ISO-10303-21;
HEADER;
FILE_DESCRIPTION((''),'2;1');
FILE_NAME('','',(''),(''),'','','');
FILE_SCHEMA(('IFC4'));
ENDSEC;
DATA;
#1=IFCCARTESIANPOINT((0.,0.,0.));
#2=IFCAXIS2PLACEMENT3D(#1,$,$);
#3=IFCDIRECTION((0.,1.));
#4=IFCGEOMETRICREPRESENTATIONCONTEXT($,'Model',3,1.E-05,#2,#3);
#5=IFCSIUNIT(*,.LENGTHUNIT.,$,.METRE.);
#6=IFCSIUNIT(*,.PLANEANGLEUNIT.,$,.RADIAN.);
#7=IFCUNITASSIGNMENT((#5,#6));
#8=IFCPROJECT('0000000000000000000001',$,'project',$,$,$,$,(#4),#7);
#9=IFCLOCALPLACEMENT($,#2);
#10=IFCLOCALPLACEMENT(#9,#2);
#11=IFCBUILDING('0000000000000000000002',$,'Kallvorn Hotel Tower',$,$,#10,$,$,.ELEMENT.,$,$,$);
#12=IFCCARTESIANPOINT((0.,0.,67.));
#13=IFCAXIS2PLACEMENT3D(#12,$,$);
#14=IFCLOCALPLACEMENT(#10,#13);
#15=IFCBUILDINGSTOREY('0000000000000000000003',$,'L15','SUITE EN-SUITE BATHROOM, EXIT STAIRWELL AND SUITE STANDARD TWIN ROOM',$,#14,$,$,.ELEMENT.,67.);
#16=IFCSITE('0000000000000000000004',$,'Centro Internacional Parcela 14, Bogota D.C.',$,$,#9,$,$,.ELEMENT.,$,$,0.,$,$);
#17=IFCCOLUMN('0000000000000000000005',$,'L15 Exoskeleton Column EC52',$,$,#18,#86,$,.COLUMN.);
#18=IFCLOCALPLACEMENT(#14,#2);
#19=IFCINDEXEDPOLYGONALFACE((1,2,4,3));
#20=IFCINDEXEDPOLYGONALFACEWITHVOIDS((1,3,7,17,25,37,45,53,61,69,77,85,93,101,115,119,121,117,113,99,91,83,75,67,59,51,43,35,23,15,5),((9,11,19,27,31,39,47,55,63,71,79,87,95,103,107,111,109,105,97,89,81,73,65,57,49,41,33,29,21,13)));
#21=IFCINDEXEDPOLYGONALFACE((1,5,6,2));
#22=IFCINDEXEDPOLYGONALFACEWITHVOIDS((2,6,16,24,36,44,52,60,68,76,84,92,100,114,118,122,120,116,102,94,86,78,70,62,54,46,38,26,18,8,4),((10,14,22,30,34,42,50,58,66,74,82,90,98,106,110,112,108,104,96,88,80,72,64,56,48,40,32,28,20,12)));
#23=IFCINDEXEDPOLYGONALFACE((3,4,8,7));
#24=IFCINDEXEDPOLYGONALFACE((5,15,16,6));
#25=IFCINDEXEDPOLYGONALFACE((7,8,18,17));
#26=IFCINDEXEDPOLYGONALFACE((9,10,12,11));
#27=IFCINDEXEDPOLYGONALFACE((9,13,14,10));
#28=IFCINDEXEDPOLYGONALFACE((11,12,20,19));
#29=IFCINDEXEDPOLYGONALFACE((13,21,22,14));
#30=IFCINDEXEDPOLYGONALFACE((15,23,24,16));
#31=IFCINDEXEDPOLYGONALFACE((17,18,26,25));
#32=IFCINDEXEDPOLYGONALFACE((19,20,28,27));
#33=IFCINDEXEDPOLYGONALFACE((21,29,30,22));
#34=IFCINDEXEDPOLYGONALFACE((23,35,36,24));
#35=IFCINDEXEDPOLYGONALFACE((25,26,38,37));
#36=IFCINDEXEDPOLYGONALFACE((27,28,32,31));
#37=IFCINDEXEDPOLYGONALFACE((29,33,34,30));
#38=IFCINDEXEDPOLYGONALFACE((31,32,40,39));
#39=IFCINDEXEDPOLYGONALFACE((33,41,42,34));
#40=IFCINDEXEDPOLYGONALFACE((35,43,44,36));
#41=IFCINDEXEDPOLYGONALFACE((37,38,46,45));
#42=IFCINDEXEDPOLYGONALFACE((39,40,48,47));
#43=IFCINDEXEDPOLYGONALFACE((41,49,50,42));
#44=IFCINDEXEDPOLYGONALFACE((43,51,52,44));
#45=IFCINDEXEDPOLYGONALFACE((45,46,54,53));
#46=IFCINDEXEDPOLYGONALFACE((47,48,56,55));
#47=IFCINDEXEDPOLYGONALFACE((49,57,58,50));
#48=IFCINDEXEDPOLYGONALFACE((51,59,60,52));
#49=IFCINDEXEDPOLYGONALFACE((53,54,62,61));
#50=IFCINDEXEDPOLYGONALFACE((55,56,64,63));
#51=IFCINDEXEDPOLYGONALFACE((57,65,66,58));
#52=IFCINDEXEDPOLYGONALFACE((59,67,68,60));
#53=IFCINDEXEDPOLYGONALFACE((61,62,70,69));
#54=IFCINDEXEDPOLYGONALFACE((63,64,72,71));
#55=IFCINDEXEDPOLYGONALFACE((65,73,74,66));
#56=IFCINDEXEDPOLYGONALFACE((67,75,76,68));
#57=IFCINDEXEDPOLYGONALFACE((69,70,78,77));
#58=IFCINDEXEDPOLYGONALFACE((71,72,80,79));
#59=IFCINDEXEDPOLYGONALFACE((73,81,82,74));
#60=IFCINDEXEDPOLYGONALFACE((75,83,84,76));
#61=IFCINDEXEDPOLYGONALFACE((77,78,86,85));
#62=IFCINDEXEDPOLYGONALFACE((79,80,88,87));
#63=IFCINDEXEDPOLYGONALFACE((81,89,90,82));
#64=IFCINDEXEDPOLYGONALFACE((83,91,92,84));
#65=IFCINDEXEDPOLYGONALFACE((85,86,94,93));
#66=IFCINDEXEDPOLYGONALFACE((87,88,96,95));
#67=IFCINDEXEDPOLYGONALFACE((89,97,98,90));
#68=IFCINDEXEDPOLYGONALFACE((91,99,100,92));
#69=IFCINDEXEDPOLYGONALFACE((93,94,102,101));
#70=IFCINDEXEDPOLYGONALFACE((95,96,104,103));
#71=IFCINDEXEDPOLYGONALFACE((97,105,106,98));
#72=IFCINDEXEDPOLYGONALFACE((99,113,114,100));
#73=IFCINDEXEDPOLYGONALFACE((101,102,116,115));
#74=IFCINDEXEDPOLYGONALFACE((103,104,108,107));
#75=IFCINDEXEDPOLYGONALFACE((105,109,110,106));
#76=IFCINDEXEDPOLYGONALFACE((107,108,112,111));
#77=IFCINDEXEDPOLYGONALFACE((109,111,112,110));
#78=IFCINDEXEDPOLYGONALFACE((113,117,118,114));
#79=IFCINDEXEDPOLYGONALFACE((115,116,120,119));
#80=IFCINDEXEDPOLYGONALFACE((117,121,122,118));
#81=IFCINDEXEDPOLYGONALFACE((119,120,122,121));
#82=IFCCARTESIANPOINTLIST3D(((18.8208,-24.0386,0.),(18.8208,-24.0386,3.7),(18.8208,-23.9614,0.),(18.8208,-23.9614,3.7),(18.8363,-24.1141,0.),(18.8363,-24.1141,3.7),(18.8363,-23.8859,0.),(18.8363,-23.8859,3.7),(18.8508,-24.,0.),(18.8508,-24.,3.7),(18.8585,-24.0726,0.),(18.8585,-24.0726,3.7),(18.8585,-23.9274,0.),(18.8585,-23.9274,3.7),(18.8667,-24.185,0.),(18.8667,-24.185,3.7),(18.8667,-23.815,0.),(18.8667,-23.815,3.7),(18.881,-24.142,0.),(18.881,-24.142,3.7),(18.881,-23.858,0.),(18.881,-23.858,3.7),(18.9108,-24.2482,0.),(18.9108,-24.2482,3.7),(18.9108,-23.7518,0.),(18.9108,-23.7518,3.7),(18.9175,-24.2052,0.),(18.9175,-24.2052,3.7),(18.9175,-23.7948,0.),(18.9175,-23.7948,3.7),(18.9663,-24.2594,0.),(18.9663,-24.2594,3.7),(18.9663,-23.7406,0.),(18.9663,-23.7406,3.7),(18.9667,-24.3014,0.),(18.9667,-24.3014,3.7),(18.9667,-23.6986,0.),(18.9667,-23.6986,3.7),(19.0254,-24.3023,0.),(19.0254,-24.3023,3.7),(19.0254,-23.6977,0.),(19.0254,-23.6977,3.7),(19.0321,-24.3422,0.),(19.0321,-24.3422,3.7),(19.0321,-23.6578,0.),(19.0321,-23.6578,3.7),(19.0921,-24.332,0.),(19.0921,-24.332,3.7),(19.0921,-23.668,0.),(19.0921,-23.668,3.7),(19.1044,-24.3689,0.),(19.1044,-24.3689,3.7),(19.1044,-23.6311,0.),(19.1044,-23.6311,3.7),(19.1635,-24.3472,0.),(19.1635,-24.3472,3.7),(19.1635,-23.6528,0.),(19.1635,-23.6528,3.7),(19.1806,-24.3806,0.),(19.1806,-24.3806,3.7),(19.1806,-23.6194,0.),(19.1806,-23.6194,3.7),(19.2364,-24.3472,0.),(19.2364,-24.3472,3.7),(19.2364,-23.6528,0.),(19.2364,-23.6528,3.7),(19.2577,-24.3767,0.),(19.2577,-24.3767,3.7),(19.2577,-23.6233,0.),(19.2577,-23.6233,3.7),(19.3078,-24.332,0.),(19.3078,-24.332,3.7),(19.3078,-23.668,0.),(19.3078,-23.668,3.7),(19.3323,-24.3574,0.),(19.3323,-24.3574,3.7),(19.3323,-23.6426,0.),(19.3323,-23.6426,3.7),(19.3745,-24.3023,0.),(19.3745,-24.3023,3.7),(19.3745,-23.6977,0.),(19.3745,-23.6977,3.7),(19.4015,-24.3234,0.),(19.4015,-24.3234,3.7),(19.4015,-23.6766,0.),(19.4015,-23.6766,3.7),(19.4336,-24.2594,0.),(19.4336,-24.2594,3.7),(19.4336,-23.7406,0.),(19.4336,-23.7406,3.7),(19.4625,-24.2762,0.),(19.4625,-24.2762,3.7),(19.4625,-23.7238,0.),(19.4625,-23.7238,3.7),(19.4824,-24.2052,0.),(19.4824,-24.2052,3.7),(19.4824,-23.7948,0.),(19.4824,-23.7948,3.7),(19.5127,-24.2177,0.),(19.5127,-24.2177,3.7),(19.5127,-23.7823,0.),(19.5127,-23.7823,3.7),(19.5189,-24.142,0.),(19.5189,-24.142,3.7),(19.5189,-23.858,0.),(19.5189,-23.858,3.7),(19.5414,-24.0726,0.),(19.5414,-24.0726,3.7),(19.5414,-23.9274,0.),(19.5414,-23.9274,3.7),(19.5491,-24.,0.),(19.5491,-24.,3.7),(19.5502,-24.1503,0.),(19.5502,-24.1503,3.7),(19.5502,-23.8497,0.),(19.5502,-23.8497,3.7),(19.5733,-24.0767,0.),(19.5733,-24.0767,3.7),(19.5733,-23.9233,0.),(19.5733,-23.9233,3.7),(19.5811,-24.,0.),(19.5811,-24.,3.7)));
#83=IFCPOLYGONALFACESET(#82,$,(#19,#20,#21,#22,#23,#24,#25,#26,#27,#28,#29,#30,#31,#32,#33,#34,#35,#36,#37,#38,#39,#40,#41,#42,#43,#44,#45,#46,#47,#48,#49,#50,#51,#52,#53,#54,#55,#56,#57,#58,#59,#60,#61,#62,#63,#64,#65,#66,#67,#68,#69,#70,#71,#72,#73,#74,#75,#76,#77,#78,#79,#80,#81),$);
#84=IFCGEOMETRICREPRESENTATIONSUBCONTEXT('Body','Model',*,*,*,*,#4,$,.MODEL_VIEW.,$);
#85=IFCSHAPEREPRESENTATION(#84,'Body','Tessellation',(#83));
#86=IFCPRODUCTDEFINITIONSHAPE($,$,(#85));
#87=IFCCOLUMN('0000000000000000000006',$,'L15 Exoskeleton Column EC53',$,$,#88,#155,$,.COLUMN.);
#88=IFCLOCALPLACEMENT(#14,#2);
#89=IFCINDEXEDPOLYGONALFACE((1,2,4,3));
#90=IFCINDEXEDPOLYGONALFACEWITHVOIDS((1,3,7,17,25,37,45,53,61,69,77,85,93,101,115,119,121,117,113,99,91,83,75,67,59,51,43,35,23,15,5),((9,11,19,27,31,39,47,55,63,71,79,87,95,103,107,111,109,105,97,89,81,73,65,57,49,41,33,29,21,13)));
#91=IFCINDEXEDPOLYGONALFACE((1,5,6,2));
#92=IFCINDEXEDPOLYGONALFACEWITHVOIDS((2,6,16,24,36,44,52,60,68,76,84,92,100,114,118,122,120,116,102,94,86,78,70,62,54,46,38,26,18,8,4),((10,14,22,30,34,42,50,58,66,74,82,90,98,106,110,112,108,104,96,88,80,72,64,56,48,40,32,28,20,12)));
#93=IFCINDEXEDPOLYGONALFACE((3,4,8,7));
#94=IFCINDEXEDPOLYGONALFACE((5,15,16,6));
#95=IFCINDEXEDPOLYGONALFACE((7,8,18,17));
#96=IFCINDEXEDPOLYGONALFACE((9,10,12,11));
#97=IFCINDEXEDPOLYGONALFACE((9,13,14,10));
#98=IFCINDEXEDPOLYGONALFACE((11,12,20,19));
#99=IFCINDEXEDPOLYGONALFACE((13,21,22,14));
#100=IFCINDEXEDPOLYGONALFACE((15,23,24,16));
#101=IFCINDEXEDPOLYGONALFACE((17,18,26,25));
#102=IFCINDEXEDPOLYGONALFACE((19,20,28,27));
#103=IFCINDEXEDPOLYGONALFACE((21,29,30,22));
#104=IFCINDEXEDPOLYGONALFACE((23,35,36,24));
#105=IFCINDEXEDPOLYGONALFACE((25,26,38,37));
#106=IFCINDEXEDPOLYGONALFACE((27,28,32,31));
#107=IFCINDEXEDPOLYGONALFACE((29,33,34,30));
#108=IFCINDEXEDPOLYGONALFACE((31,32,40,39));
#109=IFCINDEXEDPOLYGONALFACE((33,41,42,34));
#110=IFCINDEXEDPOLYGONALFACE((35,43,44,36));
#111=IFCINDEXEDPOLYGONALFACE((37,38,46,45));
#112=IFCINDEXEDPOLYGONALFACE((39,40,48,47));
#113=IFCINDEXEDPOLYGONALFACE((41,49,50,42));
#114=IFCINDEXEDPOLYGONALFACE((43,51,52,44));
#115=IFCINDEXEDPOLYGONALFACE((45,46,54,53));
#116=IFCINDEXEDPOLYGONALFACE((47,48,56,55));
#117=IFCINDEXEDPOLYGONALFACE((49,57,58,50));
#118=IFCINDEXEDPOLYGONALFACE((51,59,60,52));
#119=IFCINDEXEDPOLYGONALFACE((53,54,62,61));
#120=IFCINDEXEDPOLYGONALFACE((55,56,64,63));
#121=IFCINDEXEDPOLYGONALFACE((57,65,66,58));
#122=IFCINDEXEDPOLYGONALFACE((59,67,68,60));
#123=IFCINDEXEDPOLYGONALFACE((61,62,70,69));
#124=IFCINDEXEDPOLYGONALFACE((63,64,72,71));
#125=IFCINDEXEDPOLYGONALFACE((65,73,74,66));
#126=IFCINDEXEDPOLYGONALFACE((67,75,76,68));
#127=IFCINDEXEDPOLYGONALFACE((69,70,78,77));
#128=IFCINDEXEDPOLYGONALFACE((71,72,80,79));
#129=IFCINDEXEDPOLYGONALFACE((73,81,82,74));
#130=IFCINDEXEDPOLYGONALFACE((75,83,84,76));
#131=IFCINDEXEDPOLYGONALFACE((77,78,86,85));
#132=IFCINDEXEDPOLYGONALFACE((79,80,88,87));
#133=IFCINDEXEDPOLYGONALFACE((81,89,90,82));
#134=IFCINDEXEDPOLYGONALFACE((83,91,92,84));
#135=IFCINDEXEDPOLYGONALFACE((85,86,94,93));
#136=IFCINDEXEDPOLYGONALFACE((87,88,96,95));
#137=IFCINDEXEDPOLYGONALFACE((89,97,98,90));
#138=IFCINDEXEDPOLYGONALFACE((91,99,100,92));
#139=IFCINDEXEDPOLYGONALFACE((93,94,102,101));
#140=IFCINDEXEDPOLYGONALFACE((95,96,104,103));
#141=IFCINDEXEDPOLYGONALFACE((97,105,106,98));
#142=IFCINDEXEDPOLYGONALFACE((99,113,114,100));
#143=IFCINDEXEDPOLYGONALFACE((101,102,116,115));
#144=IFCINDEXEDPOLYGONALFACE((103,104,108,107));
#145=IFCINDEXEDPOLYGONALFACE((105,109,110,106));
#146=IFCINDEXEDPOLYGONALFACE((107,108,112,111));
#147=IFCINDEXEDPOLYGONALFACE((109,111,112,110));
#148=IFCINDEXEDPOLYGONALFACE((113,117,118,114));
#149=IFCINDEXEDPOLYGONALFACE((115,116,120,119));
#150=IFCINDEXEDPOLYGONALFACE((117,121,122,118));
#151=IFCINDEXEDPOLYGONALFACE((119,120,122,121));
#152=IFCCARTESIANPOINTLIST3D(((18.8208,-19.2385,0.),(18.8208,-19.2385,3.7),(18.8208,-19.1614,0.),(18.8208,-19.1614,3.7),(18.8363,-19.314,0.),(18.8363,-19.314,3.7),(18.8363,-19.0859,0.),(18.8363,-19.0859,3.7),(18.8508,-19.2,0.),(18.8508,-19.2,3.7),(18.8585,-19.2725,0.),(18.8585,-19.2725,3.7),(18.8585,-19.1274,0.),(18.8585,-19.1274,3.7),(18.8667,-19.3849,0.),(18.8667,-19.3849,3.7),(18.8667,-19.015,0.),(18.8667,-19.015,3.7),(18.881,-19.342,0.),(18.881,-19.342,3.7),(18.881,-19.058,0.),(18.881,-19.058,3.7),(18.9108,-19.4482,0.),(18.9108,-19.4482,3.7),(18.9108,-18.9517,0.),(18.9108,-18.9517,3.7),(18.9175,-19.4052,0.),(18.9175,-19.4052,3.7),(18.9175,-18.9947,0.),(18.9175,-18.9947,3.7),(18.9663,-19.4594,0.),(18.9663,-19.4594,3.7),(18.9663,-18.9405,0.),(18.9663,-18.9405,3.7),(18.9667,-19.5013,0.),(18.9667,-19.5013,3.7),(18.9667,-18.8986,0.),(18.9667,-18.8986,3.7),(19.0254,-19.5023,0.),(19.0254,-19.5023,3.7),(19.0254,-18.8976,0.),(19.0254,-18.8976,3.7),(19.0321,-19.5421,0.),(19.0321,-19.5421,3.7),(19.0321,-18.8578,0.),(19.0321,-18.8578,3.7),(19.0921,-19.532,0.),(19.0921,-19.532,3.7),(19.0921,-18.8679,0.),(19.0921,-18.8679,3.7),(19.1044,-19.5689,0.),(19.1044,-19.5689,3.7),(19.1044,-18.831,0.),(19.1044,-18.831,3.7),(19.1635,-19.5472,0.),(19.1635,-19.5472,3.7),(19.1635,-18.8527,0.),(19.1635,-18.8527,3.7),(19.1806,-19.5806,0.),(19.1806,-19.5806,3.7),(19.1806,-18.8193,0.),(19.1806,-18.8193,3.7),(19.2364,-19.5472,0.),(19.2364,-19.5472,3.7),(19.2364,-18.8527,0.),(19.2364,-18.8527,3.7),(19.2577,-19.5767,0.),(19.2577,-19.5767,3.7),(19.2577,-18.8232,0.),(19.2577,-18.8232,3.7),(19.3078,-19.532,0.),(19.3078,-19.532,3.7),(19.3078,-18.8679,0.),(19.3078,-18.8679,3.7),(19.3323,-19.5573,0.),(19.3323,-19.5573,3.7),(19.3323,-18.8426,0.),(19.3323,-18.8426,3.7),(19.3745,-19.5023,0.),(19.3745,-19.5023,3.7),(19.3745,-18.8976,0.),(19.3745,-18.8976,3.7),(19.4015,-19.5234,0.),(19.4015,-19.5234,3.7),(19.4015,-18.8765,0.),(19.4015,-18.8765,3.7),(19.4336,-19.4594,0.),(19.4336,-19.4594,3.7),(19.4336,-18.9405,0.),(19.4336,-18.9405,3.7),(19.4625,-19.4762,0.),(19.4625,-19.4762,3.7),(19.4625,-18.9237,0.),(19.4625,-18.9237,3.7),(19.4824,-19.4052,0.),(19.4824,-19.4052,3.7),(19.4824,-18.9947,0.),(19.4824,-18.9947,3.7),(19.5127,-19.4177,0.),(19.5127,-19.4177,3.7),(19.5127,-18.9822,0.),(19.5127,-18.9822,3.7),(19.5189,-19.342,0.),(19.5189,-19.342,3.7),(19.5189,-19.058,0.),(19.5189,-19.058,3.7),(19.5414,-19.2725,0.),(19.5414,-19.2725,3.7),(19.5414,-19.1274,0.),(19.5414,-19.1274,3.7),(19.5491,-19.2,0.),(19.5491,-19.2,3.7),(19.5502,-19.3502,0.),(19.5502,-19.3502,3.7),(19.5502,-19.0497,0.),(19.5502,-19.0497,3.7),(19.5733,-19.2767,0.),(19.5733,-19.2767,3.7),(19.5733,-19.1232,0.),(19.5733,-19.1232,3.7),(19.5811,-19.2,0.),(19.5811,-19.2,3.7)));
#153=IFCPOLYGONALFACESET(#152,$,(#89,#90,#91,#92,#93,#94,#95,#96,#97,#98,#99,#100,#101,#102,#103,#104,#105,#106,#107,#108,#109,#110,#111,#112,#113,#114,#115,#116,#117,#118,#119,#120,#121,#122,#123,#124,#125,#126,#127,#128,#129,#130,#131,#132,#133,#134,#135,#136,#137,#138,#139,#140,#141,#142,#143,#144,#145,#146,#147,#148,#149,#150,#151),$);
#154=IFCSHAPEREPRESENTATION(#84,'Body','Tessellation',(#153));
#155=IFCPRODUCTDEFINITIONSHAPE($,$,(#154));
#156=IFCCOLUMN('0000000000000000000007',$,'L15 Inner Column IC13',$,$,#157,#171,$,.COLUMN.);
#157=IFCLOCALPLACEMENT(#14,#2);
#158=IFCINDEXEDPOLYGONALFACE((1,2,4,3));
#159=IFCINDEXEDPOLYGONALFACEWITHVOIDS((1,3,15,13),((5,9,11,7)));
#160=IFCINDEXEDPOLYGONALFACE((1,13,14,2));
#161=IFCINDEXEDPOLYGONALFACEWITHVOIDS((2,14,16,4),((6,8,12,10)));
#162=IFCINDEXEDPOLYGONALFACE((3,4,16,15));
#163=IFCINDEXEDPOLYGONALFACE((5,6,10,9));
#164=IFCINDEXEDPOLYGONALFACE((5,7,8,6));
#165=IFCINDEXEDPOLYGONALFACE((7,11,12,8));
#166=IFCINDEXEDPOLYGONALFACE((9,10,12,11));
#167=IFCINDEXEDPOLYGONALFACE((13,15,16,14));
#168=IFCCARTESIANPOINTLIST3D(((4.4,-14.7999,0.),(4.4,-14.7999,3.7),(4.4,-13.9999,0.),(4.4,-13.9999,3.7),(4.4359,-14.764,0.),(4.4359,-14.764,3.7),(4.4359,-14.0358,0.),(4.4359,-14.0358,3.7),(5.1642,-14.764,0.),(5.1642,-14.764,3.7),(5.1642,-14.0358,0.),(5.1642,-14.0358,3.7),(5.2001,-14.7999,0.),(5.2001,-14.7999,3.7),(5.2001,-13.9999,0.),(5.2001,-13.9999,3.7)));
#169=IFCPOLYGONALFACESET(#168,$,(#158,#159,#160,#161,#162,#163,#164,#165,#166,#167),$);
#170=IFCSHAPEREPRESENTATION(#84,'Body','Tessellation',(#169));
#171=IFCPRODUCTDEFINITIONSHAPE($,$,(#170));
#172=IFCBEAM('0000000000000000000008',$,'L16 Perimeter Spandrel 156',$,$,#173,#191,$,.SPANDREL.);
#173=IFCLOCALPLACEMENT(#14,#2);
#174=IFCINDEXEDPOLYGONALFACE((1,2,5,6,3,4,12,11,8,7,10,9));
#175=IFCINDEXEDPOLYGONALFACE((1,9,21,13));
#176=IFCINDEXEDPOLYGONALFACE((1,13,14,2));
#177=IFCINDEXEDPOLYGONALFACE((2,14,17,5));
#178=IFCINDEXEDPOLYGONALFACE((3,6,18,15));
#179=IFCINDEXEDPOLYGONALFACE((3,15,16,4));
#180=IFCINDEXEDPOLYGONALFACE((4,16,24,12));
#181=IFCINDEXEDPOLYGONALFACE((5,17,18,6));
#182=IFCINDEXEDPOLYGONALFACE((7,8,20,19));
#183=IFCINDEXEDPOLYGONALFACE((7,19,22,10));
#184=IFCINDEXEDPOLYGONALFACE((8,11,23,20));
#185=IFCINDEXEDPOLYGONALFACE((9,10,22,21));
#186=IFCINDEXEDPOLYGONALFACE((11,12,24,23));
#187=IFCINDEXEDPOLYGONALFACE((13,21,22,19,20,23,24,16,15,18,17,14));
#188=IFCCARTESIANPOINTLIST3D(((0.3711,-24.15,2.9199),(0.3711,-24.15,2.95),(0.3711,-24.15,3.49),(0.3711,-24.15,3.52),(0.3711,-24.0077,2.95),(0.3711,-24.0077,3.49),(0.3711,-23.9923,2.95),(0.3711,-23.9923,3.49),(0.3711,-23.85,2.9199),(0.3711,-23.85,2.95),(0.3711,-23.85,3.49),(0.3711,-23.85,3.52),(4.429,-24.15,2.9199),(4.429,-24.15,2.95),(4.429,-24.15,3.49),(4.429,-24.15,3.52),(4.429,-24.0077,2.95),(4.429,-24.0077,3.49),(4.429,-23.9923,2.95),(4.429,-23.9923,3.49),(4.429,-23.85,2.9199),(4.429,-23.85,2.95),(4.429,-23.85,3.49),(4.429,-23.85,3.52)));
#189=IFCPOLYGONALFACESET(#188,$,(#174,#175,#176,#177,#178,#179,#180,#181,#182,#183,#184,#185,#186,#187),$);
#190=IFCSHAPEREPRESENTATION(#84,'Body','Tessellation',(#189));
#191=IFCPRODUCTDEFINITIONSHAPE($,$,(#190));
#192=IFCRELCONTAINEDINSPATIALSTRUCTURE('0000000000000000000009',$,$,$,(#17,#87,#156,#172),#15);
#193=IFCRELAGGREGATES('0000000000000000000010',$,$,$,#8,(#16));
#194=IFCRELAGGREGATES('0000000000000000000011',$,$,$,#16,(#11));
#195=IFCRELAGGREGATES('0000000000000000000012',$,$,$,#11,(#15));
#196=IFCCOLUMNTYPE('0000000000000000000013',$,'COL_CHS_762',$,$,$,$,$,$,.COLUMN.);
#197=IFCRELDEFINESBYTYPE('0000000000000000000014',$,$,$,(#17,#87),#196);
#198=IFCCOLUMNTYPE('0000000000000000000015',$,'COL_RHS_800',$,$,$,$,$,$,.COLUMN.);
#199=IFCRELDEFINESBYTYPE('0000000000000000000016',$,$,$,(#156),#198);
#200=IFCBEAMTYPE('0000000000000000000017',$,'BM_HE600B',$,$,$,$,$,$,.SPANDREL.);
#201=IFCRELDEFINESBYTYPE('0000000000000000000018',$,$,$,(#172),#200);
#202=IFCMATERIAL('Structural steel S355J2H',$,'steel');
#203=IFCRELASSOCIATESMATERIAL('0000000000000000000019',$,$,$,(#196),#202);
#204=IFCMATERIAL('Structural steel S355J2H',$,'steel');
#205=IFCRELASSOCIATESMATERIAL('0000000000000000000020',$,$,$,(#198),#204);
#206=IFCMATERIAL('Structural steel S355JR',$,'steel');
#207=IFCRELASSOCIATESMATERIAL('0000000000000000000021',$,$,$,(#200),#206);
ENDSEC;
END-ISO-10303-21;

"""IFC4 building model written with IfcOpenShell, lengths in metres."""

from ifc_helpers import new_model, si_unit, direction, frame, origin, origin_2d, place, context, subcontext, project, spatial, hollow_rectangle, hollow_circle, i_section, extrude, material, material_profile, profile_set, type_object, element, save


model = new_model("IFC4")

# Units and contexts
model_context = context("Model", 3, precision=1e-05, world=origin(), true_north=direction((0.0, 1.0)))
body_context = subcontext(model_context, "Body", "Model", "MODEL_VIEW")
ifc_project = project(units=[si_unit("LENGTHUNIT", "METRE"), si_unit("PLANEANGLEUNIT", "RADIAN")], contexts=[model_context])

# Site, building, storey
site_placement = place(None, origin())
site = spatial("IfcSite", under=ifc_project, at=site_placement, Name="Centro Internacional Parcela 14, Bogota D.C.", CompositionType="ELEMENT", RefElevation=0.0)
building_placement = place(site_placement, origin())
building = spatial("IfcBuilding", under=site, at=building_placement, Name="Kallvorn Hotel Tower", CompositionType="ELEMENT")
storey_placement = place(building_placement, frame((0.0, 0.0, 67.0)))
storey = spatial("IfcBuildingStorey", under=building, at=storey_placement, Name="L15", Description="SUITE EN-SUITE BATHROOM, EXIT STAIRWELL AND SUITE STANDARD TWIN ROOM", CompositionType="ELEMENT", Elevation=67.0)

# Columns
ifc_material_1 = material(Name="Structural steel S355J2H", Category="steel")
ifc_material_profile_1 = material_profile(ifc_material_1, hollow_circle(Radius=0.3811, WallThickness=0.032, at=origin_2d()), Name="CHS 762x32")
ifc_profile_set_1 = profile_set([ifc_material_profile_1], Name="Structural steel S355J2H")
column_type_1 = type_object("IfcColumnType", Name="COL_CHS_762", PredefinedType="COLUMN", material=ifc_profile_set_1)
for number, where, z_axis, x_axis, name in (
    (1, (19.2, -24.0, 0.0), (0.0, 0.0, 1.0), (1.0, 0.0, 0.0), "L15 Exoskeleton Column EC52"),
    (2, (19.2, -19.2, 0.0), (0.0, 0.0, 1.0), (1.0, 0.0, 0.0), "L15 Exoskeleton Column EC53"),
):
    element("IfcColumn", number, at=place(storey_placement, frame(where, z_axis=z_axis, x_axis=x_axis)), inside=storey, type_object=column_type_1, Name=name, PredefinedType="COLUMN", context=body_context, shape_type="SweptSolid", body=[
        extrude(hollow_circle(Radius=0.3811, WallThickness=0.032, at=origin_2d()), origin(), (0.0, 0.0, 1.0), 3.7),
    ])
ifc_material_2 = material(Name="Structural steel S355J2H", Category="steel")
ifc_material_profile_2 = material_profile(ifc_material_2, hollow_rectangle(XDim=0.8, YDim=0.8, WallThickness=0.0359, at=origin_2d()), Name="RHS 800x800x36")
ifc_profile_set_2 = profile_set([ifc_material_profile_2], Name="Structural steel S355J2H")
column_type_2 = type_object("IfcColumnType", Name="COL_RHS_800", PredefinedType="COLUMN", material=ifc_profile_set_2)
column_placement = place(storey_placement, frame((4.8, -14.3999, 0.0), z_axis=(0.0, 0.0, 1.0), x_axis=(1.0, 0.0, 0.0)))
element("IfcColumn", 3, at=column_placement, inside=storey, type_object=column_type_2, Name="L15 Inner Column IC13", PredefinedType="COLUMN", context=body_context, shape_type="SweptSolid", body=[
    extrude(hollow_rectangle(XDim=0.8, YDim=0.8, WallThickness=0.0359, at=origin_2d()), origin(), (0.0, 0.0, 1.0), 3.7),
])

# Beam
ifc_material_3 = material(Name="Structural steel S355JR", Category="steel")
ifc_material_profile_3 = material_profile(ifc_material_3, i_section(OverallWidth=0.3, OverallDepth=0.6001, WebThickness=0.0154, FlangeThickness=0.03, at=origin_2d()), Name="HE 600 B")
ifc_profile_set_3 = profile_set([ifc_material_profile_3], Name="Structural steel S355JR")
beam_type_1 = type_object("IfcBeamType", Name="BM_HE600B", PredefinedType="SPANDREL", material=ifc_profile_set_3)
beam_1_placement = place(storey_placement, frame((0.3711, -24.0, 3.22), z_axis=(1.0, 0.0, 0.0), x_axis=(0.0, 1.0, 0.0)))
element("IfcBeam", 4, at=beam_1_placement, inside=storey, type_object=beam_type_1, Name="L16 Perimeter Spandrel 156", PredefinedType="SPANDREL", context=body_context, shape_type="SweptSolid", body=[
    extrude(i_section(OverallWidth=0.3, OverallDepth=0.6001, WebThickness=0.0154, FlangeThickness=0.03, at=origin_2d()), origin(), (0.0, 0.0, 1.0), 4.0579),
])

save(model, "model.ifc")
